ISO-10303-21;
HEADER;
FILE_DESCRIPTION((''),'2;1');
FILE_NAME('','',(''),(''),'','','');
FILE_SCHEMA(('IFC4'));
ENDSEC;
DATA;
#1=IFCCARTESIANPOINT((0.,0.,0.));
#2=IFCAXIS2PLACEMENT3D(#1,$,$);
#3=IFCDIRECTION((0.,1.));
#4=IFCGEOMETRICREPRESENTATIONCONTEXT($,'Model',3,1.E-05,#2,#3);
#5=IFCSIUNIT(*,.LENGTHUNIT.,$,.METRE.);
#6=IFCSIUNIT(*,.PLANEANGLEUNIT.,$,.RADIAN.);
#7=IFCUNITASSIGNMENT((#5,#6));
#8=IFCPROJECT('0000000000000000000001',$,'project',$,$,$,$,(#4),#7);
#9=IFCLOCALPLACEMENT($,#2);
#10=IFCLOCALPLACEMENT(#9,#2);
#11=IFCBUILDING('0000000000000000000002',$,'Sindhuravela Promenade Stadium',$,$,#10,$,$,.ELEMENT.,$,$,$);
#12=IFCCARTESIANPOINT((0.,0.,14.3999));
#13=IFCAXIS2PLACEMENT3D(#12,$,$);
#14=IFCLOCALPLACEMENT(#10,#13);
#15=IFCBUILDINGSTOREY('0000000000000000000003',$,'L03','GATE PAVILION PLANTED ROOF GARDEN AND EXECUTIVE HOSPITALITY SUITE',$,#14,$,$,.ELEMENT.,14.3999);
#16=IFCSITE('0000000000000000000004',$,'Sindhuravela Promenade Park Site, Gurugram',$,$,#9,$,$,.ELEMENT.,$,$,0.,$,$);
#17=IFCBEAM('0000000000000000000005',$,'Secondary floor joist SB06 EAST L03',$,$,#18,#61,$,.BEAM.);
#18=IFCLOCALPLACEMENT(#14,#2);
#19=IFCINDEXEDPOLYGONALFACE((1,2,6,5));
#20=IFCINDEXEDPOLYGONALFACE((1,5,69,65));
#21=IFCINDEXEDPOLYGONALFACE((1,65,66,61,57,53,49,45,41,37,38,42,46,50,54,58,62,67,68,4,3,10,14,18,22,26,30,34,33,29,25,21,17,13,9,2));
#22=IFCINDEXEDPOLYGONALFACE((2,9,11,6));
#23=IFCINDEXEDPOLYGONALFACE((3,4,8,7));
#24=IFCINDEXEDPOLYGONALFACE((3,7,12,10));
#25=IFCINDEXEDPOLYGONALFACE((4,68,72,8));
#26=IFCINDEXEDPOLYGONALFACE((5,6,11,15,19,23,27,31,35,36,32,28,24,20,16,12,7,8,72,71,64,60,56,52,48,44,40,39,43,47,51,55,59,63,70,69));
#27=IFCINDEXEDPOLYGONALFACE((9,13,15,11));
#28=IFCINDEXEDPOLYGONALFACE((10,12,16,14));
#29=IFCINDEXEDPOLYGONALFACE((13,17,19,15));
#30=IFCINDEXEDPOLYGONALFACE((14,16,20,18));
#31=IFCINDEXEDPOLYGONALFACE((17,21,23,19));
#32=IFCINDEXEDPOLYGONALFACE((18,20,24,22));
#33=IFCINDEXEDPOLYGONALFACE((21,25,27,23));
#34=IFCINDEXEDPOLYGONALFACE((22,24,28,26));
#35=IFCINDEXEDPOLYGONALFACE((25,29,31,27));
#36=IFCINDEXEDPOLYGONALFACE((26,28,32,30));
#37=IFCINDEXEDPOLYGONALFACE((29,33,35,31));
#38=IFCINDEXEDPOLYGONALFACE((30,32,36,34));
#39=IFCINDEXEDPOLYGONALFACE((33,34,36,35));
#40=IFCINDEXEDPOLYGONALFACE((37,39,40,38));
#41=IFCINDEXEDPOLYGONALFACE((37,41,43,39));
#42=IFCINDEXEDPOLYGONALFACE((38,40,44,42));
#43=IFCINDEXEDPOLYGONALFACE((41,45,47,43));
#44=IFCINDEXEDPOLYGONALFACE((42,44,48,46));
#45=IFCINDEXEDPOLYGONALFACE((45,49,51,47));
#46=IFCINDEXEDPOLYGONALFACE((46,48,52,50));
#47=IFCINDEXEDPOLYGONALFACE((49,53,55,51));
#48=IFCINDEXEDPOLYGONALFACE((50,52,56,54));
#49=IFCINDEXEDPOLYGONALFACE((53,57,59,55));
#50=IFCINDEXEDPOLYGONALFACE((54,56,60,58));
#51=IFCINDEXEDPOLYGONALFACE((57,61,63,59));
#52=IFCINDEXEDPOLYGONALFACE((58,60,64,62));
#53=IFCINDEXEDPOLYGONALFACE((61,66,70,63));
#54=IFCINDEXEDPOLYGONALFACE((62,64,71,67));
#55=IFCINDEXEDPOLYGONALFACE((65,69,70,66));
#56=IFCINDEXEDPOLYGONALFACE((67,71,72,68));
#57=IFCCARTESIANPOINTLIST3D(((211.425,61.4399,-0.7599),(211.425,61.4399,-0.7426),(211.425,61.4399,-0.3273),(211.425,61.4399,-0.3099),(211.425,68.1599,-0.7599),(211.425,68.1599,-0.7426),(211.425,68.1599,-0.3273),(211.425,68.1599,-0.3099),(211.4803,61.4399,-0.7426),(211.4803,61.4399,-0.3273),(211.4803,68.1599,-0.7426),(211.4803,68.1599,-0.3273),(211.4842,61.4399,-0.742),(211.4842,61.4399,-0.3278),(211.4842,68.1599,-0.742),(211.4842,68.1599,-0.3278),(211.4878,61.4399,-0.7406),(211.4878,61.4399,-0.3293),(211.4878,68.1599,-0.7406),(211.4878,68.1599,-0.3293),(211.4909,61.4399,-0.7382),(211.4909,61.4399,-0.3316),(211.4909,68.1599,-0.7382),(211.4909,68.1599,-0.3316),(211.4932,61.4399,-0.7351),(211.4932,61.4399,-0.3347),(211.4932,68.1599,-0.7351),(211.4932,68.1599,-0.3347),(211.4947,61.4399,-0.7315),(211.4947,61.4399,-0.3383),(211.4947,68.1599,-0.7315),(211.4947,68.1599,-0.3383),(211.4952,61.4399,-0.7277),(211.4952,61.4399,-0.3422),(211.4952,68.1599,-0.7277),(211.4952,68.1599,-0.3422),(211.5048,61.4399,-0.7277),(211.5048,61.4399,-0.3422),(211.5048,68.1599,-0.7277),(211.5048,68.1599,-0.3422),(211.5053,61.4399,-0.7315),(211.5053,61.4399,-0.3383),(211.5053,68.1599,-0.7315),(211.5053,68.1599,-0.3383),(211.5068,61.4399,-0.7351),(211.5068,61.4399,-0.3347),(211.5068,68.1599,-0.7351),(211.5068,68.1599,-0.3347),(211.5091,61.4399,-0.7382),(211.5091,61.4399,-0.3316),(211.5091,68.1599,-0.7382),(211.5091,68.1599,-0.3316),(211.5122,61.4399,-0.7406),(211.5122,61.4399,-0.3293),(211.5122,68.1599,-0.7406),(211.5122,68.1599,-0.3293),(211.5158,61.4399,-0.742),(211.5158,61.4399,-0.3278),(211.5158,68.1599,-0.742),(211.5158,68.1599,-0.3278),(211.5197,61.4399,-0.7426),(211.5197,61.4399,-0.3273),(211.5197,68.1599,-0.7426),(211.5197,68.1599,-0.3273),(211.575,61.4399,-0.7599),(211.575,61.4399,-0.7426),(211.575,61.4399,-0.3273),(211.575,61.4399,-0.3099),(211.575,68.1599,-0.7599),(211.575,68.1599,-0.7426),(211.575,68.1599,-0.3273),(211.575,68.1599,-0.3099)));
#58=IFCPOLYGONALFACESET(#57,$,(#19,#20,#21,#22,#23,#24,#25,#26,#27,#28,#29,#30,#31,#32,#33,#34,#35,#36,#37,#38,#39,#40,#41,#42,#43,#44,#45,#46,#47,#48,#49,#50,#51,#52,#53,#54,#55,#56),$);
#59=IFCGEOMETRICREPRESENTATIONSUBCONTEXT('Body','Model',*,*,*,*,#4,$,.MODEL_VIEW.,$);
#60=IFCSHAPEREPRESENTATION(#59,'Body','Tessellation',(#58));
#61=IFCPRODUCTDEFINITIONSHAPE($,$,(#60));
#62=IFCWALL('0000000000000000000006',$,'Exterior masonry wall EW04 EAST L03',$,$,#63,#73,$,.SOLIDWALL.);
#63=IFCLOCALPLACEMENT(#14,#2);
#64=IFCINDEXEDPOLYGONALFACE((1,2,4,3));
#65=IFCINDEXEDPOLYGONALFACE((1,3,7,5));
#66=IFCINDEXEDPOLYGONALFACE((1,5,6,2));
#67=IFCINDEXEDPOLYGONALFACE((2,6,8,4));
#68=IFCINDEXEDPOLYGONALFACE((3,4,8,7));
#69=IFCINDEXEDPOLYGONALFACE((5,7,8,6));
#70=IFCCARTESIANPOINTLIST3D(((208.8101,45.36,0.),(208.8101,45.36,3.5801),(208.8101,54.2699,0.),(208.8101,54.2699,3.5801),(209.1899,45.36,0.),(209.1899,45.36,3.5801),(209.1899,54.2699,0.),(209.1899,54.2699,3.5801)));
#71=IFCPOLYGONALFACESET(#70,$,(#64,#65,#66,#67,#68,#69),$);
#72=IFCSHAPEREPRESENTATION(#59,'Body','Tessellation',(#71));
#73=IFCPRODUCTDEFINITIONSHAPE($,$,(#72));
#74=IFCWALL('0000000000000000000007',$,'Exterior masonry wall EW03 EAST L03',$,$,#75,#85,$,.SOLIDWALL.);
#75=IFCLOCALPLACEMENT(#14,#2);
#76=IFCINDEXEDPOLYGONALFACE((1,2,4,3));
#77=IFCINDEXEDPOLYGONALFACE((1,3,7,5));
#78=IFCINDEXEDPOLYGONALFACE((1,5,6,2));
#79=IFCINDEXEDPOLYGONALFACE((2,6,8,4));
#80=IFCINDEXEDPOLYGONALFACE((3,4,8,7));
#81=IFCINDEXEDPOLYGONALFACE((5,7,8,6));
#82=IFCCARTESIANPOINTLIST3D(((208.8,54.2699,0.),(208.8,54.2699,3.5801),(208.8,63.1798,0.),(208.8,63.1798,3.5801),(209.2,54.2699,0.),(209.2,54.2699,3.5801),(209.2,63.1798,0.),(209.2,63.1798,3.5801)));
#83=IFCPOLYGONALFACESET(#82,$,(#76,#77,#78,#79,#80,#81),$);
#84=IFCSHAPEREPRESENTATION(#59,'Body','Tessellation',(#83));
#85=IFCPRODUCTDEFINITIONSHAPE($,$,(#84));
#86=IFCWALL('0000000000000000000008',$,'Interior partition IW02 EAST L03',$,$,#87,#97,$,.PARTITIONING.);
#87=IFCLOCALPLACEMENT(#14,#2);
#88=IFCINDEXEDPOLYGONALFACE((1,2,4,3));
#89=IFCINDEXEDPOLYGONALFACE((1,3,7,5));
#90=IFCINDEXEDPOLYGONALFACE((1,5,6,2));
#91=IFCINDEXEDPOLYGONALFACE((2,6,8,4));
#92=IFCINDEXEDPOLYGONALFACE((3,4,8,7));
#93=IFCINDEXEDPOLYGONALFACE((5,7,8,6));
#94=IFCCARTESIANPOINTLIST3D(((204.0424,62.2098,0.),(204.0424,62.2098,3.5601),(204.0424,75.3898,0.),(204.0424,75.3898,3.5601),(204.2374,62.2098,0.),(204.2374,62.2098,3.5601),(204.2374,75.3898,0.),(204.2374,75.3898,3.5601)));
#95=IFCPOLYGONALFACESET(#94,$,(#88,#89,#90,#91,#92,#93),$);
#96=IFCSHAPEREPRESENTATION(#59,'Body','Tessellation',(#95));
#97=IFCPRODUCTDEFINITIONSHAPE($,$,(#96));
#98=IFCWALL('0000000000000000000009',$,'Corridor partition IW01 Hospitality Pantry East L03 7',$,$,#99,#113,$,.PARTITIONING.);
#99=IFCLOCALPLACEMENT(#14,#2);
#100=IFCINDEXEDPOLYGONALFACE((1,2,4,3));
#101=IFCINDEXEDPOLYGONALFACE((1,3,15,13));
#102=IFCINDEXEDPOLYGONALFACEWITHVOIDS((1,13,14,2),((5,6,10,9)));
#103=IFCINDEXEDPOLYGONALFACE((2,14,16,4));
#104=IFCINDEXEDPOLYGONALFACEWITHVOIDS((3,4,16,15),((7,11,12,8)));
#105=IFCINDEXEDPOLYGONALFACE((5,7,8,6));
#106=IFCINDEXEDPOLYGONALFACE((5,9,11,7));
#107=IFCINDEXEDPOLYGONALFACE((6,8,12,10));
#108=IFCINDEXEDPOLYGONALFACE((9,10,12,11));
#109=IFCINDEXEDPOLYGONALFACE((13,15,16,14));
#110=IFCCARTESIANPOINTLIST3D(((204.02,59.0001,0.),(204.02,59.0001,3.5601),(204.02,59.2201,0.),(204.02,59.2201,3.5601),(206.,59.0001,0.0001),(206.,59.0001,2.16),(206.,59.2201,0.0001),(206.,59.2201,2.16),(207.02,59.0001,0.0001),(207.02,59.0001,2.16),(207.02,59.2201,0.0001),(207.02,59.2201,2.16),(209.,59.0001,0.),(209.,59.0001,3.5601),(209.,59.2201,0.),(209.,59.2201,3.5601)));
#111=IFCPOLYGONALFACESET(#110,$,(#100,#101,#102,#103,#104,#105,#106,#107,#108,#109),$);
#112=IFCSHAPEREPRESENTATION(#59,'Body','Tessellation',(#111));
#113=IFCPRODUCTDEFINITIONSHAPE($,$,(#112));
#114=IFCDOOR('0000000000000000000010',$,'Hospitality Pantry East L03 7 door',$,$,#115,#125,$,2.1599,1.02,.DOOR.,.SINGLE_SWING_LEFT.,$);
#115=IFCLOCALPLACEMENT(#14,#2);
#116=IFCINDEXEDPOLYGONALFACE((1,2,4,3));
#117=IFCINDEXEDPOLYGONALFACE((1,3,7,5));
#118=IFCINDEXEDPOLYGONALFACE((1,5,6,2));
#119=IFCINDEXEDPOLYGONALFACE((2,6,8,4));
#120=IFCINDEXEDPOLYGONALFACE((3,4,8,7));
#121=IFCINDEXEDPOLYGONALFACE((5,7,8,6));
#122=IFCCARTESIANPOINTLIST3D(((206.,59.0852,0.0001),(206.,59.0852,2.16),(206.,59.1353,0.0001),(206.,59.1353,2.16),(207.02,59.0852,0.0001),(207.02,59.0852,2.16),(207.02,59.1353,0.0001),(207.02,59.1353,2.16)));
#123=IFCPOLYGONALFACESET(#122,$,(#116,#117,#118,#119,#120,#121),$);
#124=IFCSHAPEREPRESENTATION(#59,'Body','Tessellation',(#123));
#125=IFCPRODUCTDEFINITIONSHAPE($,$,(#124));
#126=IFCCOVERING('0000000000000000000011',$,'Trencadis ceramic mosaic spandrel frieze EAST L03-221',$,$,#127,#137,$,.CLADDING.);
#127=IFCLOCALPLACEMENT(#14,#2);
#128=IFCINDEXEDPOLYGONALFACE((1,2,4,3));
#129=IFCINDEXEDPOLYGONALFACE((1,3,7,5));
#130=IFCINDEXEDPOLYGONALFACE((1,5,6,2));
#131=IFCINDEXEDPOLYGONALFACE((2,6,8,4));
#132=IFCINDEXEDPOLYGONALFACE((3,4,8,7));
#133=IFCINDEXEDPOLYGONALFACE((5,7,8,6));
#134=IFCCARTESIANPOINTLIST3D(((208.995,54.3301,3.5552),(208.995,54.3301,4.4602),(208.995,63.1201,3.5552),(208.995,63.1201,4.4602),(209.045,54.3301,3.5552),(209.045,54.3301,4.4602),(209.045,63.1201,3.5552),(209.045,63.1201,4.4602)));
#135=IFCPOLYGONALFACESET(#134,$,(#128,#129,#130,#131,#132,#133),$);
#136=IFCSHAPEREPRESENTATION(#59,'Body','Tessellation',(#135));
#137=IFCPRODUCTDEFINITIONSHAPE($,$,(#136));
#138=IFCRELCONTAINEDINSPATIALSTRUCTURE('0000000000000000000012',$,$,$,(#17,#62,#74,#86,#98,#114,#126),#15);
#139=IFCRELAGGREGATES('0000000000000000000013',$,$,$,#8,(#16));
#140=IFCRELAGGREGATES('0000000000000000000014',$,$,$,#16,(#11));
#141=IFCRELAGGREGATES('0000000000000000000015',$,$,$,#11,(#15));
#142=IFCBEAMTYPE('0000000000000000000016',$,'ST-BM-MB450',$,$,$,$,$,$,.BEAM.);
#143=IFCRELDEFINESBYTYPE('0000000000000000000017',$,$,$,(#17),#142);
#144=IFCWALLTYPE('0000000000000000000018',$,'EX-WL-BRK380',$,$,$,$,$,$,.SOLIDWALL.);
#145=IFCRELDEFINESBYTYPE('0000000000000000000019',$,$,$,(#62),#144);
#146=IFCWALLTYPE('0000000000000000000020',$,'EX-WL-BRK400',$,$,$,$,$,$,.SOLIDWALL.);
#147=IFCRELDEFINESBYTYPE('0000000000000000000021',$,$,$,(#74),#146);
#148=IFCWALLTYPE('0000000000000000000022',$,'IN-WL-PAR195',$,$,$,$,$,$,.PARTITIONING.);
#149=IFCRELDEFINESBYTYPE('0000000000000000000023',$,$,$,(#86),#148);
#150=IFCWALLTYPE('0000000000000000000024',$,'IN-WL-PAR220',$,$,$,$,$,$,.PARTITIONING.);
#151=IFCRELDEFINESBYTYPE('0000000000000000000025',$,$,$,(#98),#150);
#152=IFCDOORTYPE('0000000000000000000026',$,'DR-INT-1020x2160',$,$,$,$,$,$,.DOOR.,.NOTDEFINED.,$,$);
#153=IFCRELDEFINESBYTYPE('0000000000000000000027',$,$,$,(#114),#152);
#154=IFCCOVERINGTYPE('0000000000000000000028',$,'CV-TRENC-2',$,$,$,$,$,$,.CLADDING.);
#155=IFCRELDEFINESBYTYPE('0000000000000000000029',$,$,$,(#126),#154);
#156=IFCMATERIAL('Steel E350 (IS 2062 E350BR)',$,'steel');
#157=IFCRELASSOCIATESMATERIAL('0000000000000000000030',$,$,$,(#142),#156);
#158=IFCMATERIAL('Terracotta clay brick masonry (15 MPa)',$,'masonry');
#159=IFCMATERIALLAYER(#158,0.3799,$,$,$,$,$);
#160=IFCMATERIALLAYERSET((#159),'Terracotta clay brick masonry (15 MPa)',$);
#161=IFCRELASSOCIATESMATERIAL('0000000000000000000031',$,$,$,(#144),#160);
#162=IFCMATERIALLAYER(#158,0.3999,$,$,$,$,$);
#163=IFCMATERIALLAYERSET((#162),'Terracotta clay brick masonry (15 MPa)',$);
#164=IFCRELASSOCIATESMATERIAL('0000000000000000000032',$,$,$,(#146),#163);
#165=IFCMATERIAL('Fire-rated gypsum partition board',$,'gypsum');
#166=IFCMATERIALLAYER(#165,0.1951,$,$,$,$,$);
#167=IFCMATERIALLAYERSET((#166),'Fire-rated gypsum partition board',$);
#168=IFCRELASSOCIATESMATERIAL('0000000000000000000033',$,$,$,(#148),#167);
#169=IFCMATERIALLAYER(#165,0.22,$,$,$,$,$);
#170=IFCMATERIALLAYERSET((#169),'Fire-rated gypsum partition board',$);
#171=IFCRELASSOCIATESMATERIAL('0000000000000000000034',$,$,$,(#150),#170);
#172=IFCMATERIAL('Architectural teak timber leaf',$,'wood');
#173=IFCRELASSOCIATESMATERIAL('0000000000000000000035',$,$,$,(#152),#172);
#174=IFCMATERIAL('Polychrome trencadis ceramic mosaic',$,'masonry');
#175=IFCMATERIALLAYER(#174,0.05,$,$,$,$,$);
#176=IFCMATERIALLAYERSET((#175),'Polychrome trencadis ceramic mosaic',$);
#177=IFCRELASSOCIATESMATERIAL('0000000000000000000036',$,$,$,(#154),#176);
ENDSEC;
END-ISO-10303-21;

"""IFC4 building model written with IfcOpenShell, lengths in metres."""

from ifc_helpers import new_model, si_unit, direction, frame, frame_2d, origin, origin_2d, place, context, subcontext, project, spatial, rectangle, i_section, extrude, material, layer, layer_set, material_profile, profile_set, type_object, element, fill, save


model = new_model("IFC4")

# Units and contexts
model_context = context("Model", 3, precision=1e-05, world=origin(), true_north=direction((0.0, 1.0)))
body_context = subcontext(model_context, "Body", "Model", "MODEL_VIEW")
ifc_project = project(units=[si_unit("LENGTHUNIT", "METRE"), si_unit("PLANEANGLEUNIT", "RADIAN")], contexts=[model_context])

# Site, building, storey
site_placement = place(None, origin())
site = spatial("IfcSite", under=ifc_project, at=site_placement, Name="Sindhuravela Promenade Park Site, Gurugram", CompositionType="ELEMENT", RefElevation=0.0)
building_placement = place(site_placement, origin())
building = spatial("IfcBuilding", under=site, at=building_placement, Name="Sindhuravela Promenade Stadium", CompositionType="ELEMENT")
storey_placement = place(building_placement, frame((0.0, 0.0, 14.3999)))
storey = spatial("IfcBuildingStorey", under=building, at=storey_placement, Name="L03", Description="GATE PAVILION PLANTED ROOF GARDEN AND EXECUTIVE HOSPITALITY SUITE", CompositionType="ELEMENT", Elevation=14.3999)

# Beam
ifc_material_1 = material(Name="Steel E350 (IS 2062 E350BR)", Category="steel")
ifc_material_profile_1 = material_profile(ifc_material_1, i_section(OverallWidth=0.1499, OverallDepth=0.45, WebThickness=0.0095, FlangeThickness=0.0173, FilletRadius=0.0149, at=origin_2d()), Name="ISMB 450")
ifc_profile_set_1 = profile_set([ifc_material_profile_1], Name="Steel E350 (IS 2062 E350BR)")
beam_type_1 = type_object("IfcBeamType", Name="ST-BM-MB450", PredefinedType="BEAM", material=ifc_profile_set_1)
beam_1_placement = place(storey_placement, frame((211.5, 61.4399, -0.5349), z_axis=(0.0, 1.0, 0.0), x_axis=(-1.0, 0.0, 0.0)))
element("IfcBeam", 1, at=beam_1_placement, inside=storey, type_object=beam_type_1, Name="Secondary floor joist SB06 EAST L03", PredefinedType="BEAM", context=body_context, shape_type="SweptSolid", body=[
    extrude(i_section(OverallWidth=0.1499, OverallDepth=0.45, WebThickness=0.0095, FlangeThickness=0.0173, FilletRadius=0.0149, at=origin_2d()), origin(), (0.0, 0.0, 1.0), 6.72),
])

# Walls
ifc_material_2 = material(Name="Terracotta clay brick masonry (15 MPa)", Category="masonry")
ifc_layer_1 = layer(ifc_material_2, 0.3799)
ifc_layer_set_1 = layer_set([ifc_layer_1], Name="Terracotta clay brick masonry (15 MPa)")
wall_type_1 = type_object("IfcWallType", Name="EX-WL-BRK380", PredefinedType="SOLIDWALL", material=ifc_layer_set_1)
wall_1_placement = place(storey_placement, frame((209.0, 54.27, 0.0), z_axis=(0.0, 0.0, 1.0), x_axis=(0.0, -1.0, 0.0)))
element("IfcWall", 2, at=wall_1_placement, inside=storey, type_object=wall_type_1, Name="Exterior masonry wall EW04 EAST L03", PredefinedType="SOLIDWALL", context=body_context, shape_type="SweptSolid", body=[
    extrude(rectangle(XDim=8.9099, YDim=0.3799, at=frame_2d((4.4551, 0.0))), origin(), (0.0, 0.0, 1.0), 3.5801),
])
ifc_layer_2 = layer(ifc_material_2, 0.3999)
ifc_layer_set_2 = layer_set([ifc_layer_2], Name="Terracotta clay brick masonry (15 MPa)")
wall_type_2 = type_object("IfcWallType", Name="EX-WL-BRK400", PredefinedType="SOLIDWALL", material=ifc_layer_set_2)
wall_2_placement = place(storey_placement, frame((209.0, 63.1799, 0.0), z_axis=(0.0, 0.0, 1.0), x_axis=(0.0, -1.0, 0.0)))
element("IfcWall", 3, at=wall_2_placement, inside=storey, type_object=wall_type_2, Name="Exterior masonry wall EW03 EAST L03", PredefinedType="SOLIDWALL", context=body_context, shape_type="SweptSolid", body=[
    extrude(rectangle(XDim=8.9099, YDim=0.3999, at=frame_2d((4.4551, 0.0))), origin(), (0.0, 0.0, 1.0), 3.5801),
])
ifc_material_3 = material(Name="Fire-rated gypsum partition board", Category="gypsum")
ifc_layer_3 = layer(ifc_material_3, 0.1951)
ifc_layer_set_3 = layer_set([ifc_layer_3], Name="Fire-rated gypsum partition board")
wall_type_3 = type_object("IfcWallType", Name="IN-WL-PAR195", PredefinedType="PARTITIONING", material=ifc_layer_set_3)
wall_3_placement = place(storey_placement, frame((204.1399, 62.21, 0.0), z_axis=(0.0, 0.0, 1.0), x_axis=(0.0, 1.0, 0.0)))
element("IfcWall", 4, at=wall_3_placement, inside=storey, type_object=wall_type_3, Name="Interior partition IW02 EAST L03", PredefinedType="PARTITIONING", context=body_context, shape_type="SweptSolid", body=[
    extrude(rectangle(XDim=13.1799, YDim=0.1951, at=frame_2d((6.5898, 0.0))), origin(), (0.0, 0.0, 1.0), 3.5601),
])

# Wall, opening, door
ifc_layer_4 = layer(ifc_material_3, 0.22)
ifc_layer_set_4 = layer_set([ifc_layer_4], Name="Fire-rated gypsum partition board")
wall_type_4 = type_object("IfcWallType", Name="IN-WL-PAR220", PredefinedType="PARTITIONING", material=ifc_layer_set_4)
wall_4_placement = place(storey_placement, frame((209.0, 59.1101, 0.0), z_axis=(0.0, 0.0, 1.0), x_axis=(-1.0, 0.0, 0.0)))
wall_4 = element("IfcWall", 5, at=wall_4_placement, inside=storey, type_object=wall_type_4, Name="Corridor partition IW01 Hospitality Pantry East L03 7", PredefinedType="PARTITIONING", context=body_context, shape_type="SweptSolid", body=[
    extrude(rectangle(XDim=4.98, YDim=0.22, at=frame_2d((2.49, 0.0))), origin(), (0.0, 0.0, 1.0), 3.5601),
])
opening_placement = place(wall_4_placement, frame((1.98, 0.0, 0.0)))
opening = element("IfcOpeningElement", 6, at=opening_placement, cuts=wall_4, PredefinedType="OPENING", context=body_context, shape_type="SweptSolid", body=[
    extrude(rectangle(XDim=1.02, YDim=2.1599, at=frame_2d((0.51, 1.0801))), frame((0.0, 0.1199, 0.0), z_axis=(0.0, -1.0, 0.0), x_axis=(1.0, 0.0, 0.0)), (0.0, 0.0, 1.0), 0.24),
])
ifc_material_4 = material(Name="Architectural teak timber leaf", Category="wood")
door_type = type_object("IfcDoorType", Name="DR-INT-1020x2160", OperationType="NOTDEFINED", PredefinedType="DOOR", material=ifc_material_4)
door_placement = place(opening_placement, origin())
door = element("IfcDoor", 7, at=door_placement, inside=storey, type_object=door_type, Name="Hospitality Pantry East L03 7 door", OperationType="SINGLE_SWING_LEFT", OverallHeight=2.1599, OverallWidth=1.02, PredefinedType="DOOR", context=body_context, shape_type="SweptSolid", body=[
    extrude(rectangle(XDim=1.02, YDim=2.1599, at=frame_2d((0.51, 1.0801))), frame((0.0, 0.0249, 0.0), z_axis=(0.0, -1.0, 0.0), x_axis=(1.0, 0.0, 0.0)), (0.0, 0.0, 1.0), 0.05),
])
fill(opening, door)

# Covering
ifc_material_5 = material(Name="Polychrome trencadis ceramic mosaic", Category="masonry")
ifc_layer_5 = layer(ifc_material_5, 0.05)
ifc_layer_set_5 = layer_set([ifc_layer_5], Name="Polychrome trencadis ceramic mosaic")
covering_type = type_object("IfcCoveringType", Name="CV-TRENC-2", PredefinedType="CLADDING", material=ifc_layer_set_5)
covering_placement = place(storey_placement, frame((209.02, 58.7251, 3.5552), z_axis=(0.0, 0.0, 1.0), x_axis=(0.0, -1.0, 0.0)))
element("IfcCovering", 8, at=covering_placement, inside=storey, type_object=covering_type, Name="Trencadis ceramic mosaic spandrel frieze EAST L03-221", PredefinedType="CLADDING", context=body_context, shape_type="SweptSolid", body=[
    extrude(rectangle(XDim=8.79, YDim=0.05, at=origin_2d()), origin(), (0.0, 0.0, 1.0), 0.905),
])

save(model, "model.ifc")
